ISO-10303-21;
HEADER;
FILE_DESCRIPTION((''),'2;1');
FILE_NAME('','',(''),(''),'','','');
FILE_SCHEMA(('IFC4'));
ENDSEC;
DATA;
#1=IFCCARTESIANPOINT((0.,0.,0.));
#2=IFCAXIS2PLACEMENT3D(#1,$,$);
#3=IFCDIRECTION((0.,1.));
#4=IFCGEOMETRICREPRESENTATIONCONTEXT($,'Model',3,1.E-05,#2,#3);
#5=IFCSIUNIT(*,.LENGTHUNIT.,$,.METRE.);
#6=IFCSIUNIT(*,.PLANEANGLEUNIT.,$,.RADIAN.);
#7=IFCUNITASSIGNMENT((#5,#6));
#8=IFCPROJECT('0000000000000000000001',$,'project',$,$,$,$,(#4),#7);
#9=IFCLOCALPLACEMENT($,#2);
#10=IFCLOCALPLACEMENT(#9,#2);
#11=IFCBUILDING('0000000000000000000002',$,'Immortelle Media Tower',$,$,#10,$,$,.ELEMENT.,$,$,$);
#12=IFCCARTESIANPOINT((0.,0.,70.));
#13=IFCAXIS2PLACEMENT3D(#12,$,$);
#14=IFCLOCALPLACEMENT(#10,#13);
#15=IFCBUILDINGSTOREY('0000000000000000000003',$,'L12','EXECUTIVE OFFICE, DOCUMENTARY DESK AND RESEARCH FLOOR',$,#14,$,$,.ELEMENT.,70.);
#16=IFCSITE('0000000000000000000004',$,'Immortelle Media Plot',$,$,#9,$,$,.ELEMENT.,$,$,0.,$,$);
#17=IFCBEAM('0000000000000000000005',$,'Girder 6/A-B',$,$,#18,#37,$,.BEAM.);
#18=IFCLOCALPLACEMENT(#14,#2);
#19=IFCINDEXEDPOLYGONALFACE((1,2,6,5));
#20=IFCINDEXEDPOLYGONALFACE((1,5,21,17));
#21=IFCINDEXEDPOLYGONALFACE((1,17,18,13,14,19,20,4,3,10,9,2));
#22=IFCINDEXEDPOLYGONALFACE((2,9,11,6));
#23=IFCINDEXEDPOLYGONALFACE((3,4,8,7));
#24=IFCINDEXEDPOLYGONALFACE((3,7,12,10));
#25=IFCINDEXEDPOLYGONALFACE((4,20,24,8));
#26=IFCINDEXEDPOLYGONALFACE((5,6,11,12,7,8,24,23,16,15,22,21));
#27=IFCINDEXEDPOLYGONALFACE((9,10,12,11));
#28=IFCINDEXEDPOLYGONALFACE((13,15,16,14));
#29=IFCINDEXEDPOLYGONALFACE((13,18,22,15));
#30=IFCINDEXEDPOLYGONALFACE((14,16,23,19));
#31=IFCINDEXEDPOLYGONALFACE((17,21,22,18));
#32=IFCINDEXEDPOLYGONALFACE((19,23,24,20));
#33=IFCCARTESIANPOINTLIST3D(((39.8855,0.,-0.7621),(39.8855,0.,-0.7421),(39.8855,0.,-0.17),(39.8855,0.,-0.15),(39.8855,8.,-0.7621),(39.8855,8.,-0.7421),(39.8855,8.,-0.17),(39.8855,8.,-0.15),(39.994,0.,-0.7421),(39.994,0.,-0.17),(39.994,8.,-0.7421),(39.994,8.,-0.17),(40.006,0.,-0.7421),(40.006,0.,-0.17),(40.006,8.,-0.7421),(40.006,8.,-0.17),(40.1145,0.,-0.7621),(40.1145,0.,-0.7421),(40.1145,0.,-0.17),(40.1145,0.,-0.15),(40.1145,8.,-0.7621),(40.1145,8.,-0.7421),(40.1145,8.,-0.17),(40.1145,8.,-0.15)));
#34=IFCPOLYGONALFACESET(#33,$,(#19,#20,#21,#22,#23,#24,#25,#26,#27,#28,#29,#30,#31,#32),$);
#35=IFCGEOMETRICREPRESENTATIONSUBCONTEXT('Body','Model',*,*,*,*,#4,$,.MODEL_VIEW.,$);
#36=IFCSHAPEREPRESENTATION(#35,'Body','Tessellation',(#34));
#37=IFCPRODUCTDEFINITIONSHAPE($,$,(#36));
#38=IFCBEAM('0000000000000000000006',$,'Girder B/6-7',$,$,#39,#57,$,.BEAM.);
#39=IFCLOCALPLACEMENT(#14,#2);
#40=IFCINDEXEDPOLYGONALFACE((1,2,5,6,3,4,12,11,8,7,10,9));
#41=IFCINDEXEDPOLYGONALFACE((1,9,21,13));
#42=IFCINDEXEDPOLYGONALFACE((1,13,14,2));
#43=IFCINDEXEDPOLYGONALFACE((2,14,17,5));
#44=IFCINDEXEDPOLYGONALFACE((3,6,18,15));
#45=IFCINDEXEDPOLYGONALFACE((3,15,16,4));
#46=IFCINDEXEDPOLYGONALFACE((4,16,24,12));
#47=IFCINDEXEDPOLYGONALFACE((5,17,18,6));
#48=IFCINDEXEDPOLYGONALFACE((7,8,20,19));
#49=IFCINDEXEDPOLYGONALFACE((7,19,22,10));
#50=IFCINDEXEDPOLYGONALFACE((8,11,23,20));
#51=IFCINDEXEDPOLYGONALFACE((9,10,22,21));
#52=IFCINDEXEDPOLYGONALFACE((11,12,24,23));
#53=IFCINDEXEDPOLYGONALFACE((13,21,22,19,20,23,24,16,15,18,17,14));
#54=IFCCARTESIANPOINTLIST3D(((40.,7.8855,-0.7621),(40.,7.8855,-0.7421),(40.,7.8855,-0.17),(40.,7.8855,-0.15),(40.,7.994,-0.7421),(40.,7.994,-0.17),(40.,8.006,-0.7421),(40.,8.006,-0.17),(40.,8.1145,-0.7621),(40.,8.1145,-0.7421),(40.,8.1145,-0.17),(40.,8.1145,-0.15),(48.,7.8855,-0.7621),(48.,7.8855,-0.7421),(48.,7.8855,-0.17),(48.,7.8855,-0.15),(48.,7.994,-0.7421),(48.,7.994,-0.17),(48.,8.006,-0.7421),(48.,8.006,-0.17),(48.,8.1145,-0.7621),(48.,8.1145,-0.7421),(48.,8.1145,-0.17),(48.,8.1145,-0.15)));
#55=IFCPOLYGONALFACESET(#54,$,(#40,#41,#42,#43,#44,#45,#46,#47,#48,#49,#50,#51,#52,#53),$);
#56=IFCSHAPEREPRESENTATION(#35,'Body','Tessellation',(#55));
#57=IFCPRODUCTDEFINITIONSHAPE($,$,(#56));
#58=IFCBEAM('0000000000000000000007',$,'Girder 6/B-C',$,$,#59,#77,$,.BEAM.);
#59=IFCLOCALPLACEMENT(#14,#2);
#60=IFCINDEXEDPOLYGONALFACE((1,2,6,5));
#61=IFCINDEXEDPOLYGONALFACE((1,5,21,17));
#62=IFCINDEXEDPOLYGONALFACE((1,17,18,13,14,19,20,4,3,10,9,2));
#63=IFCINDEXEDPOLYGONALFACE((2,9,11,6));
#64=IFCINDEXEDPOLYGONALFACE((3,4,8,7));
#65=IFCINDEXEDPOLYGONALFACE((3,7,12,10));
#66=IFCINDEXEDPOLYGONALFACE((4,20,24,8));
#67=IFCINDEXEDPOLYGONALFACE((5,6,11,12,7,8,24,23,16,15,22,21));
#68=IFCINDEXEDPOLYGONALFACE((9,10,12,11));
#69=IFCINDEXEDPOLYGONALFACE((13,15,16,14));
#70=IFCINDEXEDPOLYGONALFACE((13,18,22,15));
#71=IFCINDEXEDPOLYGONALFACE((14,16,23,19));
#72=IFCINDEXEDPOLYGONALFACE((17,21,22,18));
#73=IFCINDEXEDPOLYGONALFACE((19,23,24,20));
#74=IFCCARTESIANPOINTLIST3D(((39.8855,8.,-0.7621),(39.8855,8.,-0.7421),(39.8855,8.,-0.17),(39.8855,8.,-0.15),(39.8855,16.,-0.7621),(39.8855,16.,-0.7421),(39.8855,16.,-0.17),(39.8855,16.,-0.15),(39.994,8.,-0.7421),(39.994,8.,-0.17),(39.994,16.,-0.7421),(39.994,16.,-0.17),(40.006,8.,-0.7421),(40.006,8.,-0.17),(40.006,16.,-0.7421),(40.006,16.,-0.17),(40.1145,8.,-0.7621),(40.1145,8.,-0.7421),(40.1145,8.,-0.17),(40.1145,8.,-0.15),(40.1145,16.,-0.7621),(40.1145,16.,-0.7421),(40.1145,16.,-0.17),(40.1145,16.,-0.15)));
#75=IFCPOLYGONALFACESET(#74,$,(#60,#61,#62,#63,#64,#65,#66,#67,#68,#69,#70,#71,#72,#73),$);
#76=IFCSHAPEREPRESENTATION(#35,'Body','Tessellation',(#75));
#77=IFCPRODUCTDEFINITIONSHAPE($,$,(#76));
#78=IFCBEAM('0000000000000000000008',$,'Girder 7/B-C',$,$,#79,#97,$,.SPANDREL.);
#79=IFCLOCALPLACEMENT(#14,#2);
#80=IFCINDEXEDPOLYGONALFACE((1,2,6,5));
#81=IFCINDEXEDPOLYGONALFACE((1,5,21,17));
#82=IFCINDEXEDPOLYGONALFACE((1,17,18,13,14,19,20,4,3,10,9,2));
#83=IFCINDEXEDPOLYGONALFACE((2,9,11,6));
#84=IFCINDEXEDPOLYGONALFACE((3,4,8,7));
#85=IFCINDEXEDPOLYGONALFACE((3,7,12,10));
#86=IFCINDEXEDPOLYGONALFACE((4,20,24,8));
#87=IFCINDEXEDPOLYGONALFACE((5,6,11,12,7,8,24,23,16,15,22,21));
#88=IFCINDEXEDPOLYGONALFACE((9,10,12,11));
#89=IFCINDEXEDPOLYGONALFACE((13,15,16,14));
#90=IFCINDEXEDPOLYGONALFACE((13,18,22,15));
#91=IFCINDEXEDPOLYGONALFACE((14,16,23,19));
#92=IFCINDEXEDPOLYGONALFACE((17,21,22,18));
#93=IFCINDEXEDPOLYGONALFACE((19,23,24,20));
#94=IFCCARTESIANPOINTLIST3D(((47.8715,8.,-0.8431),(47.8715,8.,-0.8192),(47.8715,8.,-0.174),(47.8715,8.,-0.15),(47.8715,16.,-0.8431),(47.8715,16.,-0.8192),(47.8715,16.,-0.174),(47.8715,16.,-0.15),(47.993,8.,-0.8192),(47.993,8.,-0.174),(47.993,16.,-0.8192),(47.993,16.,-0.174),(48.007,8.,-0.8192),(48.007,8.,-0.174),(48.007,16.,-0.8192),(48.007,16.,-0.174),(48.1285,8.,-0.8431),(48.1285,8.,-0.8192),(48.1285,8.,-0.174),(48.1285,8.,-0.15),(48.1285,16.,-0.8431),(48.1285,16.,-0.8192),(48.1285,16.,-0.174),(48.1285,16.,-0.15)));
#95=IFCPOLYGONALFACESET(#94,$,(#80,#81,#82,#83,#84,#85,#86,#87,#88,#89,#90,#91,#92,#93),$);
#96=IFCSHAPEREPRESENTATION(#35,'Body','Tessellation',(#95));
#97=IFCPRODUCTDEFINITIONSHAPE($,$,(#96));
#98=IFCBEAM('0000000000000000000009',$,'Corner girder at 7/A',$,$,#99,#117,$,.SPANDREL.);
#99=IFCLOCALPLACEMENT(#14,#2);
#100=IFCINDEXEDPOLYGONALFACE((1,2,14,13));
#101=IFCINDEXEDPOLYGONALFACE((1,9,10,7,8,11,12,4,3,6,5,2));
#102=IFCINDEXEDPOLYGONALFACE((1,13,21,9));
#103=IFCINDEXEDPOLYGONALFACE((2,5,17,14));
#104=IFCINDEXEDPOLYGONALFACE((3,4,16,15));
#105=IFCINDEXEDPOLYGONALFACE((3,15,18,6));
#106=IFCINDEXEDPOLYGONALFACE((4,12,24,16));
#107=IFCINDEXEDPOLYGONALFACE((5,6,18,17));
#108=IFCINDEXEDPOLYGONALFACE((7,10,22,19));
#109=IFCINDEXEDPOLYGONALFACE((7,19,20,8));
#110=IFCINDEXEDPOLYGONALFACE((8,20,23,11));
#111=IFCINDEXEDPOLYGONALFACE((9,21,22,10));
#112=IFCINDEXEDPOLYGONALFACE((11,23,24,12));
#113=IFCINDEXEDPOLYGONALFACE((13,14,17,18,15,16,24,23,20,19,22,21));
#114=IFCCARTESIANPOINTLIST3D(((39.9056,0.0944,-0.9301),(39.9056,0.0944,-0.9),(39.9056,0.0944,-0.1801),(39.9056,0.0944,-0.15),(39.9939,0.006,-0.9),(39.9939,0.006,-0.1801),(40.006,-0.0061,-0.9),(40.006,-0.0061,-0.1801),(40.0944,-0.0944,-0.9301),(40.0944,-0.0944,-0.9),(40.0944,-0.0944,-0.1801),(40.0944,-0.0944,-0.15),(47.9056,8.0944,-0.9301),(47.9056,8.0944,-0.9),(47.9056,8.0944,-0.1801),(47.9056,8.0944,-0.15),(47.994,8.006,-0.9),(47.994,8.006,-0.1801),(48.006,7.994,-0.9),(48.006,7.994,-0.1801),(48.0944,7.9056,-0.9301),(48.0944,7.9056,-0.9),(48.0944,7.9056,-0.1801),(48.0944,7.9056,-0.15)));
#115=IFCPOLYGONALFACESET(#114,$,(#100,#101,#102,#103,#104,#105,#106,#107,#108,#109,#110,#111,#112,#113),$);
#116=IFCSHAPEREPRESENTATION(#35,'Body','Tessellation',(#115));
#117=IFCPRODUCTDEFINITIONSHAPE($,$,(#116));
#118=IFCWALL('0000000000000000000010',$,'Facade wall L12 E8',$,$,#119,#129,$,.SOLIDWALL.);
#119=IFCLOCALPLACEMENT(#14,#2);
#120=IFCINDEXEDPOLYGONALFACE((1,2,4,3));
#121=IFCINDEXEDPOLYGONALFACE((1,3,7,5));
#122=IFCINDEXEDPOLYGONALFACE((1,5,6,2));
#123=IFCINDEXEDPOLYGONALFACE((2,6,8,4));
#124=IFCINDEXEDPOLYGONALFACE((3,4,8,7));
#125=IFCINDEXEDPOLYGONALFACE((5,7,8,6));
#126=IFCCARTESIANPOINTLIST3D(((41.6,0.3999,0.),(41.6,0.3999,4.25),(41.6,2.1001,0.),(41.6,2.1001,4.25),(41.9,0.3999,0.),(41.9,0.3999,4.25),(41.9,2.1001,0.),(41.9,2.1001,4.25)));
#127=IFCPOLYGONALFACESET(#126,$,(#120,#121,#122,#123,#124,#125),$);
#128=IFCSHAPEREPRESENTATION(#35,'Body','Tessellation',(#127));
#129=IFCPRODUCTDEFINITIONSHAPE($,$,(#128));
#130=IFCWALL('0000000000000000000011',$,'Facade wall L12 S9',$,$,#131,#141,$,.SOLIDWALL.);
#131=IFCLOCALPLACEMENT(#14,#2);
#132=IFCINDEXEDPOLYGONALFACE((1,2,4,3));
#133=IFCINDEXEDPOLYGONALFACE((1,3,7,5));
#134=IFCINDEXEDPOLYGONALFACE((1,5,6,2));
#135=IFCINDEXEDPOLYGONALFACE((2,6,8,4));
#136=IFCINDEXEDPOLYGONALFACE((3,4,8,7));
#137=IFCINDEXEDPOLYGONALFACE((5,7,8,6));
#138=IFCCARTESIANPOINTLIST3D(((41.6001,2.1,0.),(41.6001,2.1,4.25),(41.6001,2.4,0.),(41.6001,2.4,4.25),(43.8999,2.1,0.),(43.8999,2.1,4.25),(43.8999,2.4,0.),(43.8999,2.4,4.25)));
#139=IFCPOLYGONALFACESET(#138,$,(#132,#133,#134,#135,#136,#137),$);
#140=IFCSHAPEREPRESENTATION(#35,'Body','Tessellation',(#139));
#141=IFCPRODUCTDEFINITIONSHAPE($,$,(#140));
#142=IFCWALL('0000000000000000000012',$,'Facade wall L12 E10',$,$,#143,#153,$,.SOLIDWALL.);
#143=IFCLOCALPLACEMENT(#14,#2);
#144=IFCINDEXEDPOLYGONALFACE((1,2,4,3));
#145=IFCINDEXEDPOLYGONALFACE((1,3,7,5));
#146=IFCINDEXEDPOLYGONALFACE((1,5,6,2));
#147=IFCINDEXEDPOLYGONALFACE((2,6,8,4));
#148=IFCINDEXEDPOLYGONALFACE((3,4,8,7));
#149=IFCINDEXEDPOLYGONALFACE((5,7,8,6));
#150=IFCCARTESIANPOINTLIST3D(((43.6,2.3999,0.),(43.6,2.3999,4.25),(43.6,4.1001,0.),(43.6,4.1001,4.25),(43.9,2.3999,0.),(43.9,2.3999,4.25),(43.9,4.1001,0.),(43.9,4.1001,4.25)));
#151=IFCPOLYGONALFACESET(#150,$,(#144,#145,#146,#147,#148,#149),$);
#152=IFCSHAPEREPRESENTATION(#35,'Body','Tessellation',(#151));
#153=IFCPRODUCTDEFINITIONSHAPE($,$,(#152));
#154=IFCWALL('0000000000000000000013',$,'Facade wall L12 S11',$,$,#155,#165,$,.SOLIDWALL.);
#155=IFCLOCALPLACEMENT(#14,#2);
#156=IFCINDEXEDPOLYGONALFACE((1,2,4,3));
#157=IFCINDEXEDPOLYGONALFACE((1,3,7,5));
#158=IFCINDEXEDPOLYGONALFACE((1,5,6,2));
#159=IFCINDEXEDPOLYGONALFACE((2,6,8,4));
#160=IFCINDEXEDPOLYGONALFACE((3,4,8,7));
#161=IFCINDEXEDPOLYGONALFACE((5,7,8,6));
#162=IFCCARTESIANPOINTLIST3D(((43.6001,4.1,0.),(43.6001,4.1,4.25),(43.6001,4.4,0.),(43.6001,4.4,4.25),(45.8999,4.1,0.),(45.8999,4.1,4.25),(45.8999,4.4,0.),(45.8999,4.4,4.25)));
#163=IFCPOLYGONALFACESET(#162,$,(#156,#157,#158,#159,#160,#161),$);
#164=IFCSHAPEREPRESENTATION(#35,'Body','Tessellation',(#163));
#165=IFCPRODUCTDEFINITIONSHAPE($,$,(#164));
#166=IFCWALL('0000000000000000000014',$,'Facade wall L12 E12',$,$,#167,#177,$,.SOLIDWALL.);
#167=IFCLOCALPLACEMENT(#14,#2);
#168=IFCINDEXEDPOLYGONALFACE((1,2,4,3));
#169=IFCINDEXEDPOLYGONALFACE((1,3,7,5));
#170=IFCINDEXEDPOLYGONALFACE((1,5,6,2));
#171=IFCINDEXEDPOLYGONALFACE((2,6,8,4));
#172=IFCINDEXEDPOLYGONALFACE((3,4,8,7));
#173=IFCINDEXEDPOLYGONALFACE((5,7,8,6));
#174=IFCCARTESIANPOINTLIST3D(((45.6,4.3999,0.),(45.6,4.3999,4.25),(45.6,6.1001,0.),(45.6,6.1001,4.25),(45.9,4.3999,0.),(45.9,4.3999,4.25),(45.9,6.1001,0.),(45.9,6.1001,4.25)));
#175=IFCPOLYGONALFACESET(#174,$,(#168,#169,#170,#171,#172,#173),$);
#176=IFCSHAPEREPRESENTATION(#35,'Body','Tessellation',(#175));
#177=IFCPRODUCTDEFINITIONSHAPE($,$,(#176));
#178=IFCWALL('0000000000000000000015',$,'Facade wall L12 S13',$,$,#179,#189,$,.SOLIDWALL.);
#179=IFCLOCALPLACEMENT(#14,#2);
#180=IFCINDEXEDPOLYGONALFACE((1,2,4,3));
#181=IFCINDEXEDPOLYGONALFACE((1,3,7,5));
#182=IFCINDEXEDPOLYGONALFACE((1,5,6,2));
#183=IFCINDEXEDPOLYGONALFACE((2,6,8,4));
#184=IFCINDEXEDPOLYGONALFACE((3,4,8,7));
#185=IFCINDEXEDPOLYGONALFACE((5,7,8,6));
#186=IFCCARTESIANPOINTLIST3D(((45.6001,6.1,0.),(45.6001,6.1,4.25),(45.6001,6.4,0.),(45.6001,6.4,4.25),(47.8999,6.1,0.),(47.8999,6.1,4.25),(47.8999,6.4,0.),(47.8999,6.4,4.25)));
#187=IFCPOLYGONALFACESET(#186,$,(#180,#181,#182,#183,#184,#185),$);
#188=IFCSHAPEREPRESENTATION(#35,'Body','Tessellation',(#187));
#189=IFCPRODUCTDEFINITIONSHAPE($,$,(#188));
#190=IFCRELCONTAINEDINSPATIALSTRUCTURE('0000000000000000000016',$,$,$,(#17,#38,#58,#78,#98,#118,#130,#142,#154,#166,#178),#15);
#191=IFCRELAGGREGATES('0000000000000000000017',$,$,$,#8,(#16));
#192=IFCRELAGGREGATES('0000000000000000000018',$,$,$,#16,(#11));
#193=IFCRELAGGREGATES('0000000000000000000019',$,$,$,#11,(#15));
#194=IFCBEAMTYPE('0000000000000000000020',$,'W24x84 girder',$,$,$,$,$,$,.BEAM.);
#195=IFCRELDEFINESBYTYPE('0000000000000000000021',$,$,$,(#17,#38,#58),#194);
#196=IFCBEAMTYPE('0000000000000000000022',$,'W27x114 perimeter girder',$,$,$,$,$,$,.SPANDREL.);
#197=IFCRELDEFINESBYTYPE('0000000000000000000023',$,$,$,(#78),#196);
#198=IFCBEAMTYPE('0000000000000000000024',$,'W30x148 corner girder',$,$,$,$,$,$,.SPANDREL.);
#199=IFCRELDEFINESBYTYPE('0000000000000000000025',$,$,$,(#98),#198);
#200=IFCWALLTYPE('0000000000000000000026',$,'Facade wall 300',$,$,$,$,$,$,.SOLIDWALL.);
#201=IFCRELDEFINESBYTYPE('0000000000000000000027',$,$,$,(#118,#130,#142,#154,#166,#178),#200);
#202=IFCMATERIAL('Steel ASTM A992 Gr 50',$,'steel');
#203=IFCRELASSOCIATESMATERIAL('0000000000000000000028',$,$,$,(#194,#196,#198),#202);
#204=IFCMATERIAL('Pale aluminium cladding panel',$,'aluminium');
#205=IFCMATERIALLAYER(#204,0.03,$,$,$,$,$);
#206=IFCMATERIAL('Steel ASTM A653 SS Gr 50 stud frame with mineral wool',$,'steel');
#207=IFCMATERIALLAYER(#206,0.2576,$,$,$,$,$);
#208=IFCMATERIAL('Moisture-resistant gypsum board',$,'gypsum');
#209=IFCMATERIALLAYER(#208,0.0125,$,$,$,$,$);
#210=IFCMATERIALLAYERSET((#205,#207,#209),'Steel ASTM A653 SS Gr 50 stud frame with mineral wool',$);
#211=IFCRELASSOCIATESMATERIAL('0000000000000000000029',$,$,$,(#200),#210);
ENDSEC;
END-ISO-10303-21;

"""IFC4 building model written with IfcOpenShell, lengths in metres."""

from ifc_helpers import new_model, si_unit, direction, frame, frame_2d, origin, origin_2d, place, context, subcontext, project, spatial, rectangle, i_section, extrude, material, layer, layer_set, material_profile, profile_set, type_object, element, save


model = new_model("IFC4")

# Units and contexts
model_context = context("Model", 3, precision=1e-05, world=origin(), true_north=direction((0.0, 1.0)))
body_context = subcontext(model_context, "Body", "Model", "MODEL_VIEW")
ifc_project = project(units=[si_unit("LENGTHUNIT", "METRE"), si_unit("PLANEANGLEUNIT", "RADIAN")], contexts=[model_context])

# Site, building, storey
site_placement = place(None, origin())
site = spatial("IfcSite", under=ifc_project, at=site_placement, Name="Immortelle Media Plot", CompositionType="ELEMENT", RefElevation=0.0)
building_placement = place(site_placement, origin())
building = spatial("IfcBuilding", under=site, at=building_placement, Name="Immortelle Media Tower", CompositionType="ELEMENT")
storey_placement = place(building_placement, frame((0.0, 0.0, 70.0)))
storey = spatial("IfcBuildingStorey", under=building, at=storey_placement, Name="L12", Description="EXECUTIVE OFFICE, DOCUMENTARY DESK AND RESEARCH FLOOR", CompositionType="ELEMENT", Elevation=70.0)

# Shared definitions
ifc_material_1 = material(Name="Steel ASTM A992 Gr 50", Category="steel")

# Beams
ifc_material_profile_1 = material_profile(ifc_material_1, i_section(OverallWidth=0.229, OverallDepth=0.6121, WebThickness=0.012, FlangeThickness=0.02, at=origin_2d()), Name="W24x84")
ifc_profile_set_1 = profile_set([ifc_material_profile_1], Name="Steel ASTM A992 Gr 50")
beam_type_1 = type_object("IfcBeamType", Name="W24x84 girder", PredefinedType="BEAM", material=ifc_profile_set_1)
for number, where, z_axis, x_axis, name in (
    (1, (40.0, 0.0, -0.4561), (0.0, 1.0, 0.0), (-1.0, 0.0, 0.0), "Girder 6/A-B"),
    (2, (40.0, 8.0, -0.4561), (1.0, 0.0, 0.0), (0.0, 1.0, 0.0), "Girder B/6-7"),
    (3, (40.0, 8.0, -0.4561), (0.0, 1.0, 0.0), (-1.0, 0.0, 0.0), "Girder 6/B-C"),
):
    element("IfcBeam", number, at=place(storey_placement, frame(where, z_axis=z_axis, x_axis=x_axis)), inside=storey, type_object=beam_type_1, Name=name, PredefinedType="BEAM", context=body_context, shape_type="SweptSolid", body=[
        extrude(i_section(OverallWidth=0.229, OverallDepth=0.6121, WebThickness=0.012, FlangeThickness=0.02, at=origin_2d()), origin(), (0.0, 0.0, 1.0), 8.0),
    ])
ifc_material_profile_2 = material_profile(ifc_material_1, i_section(OverallWidth=0.2571, OverallDepth=0.6931, WebThickness=0.0139, FlangeThickness=0.0239, at=origin_2d()), Name="W27x114")
ifc_profile_set_2 = profile_set([ifc_material_profile_2], Name="Steel ASTM A992 Gr 50")
beam_type_2 = type_object("IfcBeamType", Name="W27x114 perimeter girder", PredefinedType="SPANDREL", material=ifc_profile_set_2)
beam_1_placement = place(storey_placement, frame((48.0, 8.0, -0.4966), z_axis=(0.0, 1.0, 0.0), x_axis=(-1.0, 0.0, 0.0)))
element("IfcBeam", 4, at=beam_1_placement, inside=storey, type_object=beam_type_2, Name="Girder 7/B-C", PredefinedType="SPANDREL", context=body_context, shape_type="SweptSolid", body=[
    extrude(i_section(OverallWidth=0.2571, OverallDepth=0.6931, WebThickness=0.0139, FlangeThickness=0.0239, at=origin_2d()), origin(), (0.0, 0.0, 1.0), 8.0),
])
ifc_material_profile_3 = material_profile(ifc_material_1, i_section(OverallWidth=0.2671, OverallDepth=0.78, WebThickness=0.0171, FlangeThickness=0.03, at=origin_2d()), Name="W30x148")
ifc_profile_set_3 = profile_set([ifc_material_profile_3], Name="Steel ASTM A992 Gr 50")
beam_type_3 = type_object("IfcBeamType", Name="W30x148 corner girder", PredefinedType="SPANDREL", material=ifc_profile_set_3)
beam_2_placement = place(storey_placement, frame((48.0, 8.0, -0.54), z_axis=(-0.707107, -0.707107, 0.0), x_axis=(0.707107, -0.707107, 0.0)))
element("IfcBeam", 5, at=beam_2_placement, inside=storey, type_object=beam_type_3, Name="Corner girder at 7/A", PredefinedType="SPANDREL", context=body_context, shape_type="SweptSolid", body=[
    extrude(i_section(OverallWidth=0.2671, OverallDepth=0.78, WebThickness=0.0171, FlangeThickness=0.03, at=origin_2d()), origin(), (0.0, 0.0, 1.0), 11.3137),
])

# Walls
ifc_material_2 = material(Name="Pale aluminium cladding panel", Category="aluminium")
ifc_layer_1 = layer(ifc_material_2, 0.03)
ifc_material_3 = material(Name="Steel ASTM A653 SS Gr 50 stud frame with mineral wool", Category="steel")
ifc_layer_2 = layer(ifc_material_3, 0.2576)
ifc_material_4 = material(Name="Moisture-resistant gypsum board", Category="gypsum")
ifc_layer_3 = layer(ifc_material_4, 0.0125)
ifc_layer_set_1 = layer_set([ifc_layer_1, ifc_layer_2, ifc_layer_3], Name="Steel ASTM A653 SS Gr 50 stud frame with mineral wool")
wall_type_1 = type_object("IfcWallType", Name="Facade wall 300", PredefinedType="SOLIDWALL", material=ifc_layer_set_1)
wall_1_placement = place(storey_placement, frame((41.75, 0.3999, 0.0), z_axis=(0.0, 0.0, 1.0), x_axis=(0.0, 1.0, 0.0)))
element("IfcWall", 6, at=wall_1_placement, inside=storey, type_object=wall_type_1, Name="Facade wall L12 E8", PredefinedType="SOLIDWALL", context=body_context, shape_type="SweptSolid", body=[
    extrude(rectangle(XDim=1.7002, YDim=0.3, at=frame_2d((0.8501, 0.0))), origin(), (0.0, 0.0, 1.0), 4.25),
])
wall_2_placement = place(storey_placement, frame((41.6001, 2.25, 0.0), z_axis=(0.0, 0.0, 1.0), x_axis=(1.0, 0.0, 0.0)))
element("IfcWall", 7, at=wall_2_placement, inside=storey, type_object=wall_type_1, Name="Facade wall L12 S9", PredefinedType="SOLIDWALL", context=body_context, shape_type="SweptSolid", body=[
    extrude(rectangle(XDim=2.2998, YDim=0.3, at=frame_2d((1.1499, 0.0))), origin(), (0.0, 0.0, 1.0), 4.25),
])
wall_3_placement = place(storey_placement, frame((43.75, 2.3999, 0.0), z_axis=(0.0, 0.0, 1.0), x_axis=(0.0, 1.0, 0.0)))
element("IfcWall", 8, at=wall_3_placement, inside=storey, type_object=wall_type_1, Name="Facade wall L12 E10", PredefinedType="SOLIDWALL", context=body_context, shape_type="SweptSolid", body=[
    extrude(rectangle(XDim=1.7002, YDim=0.3, at=frame_2d((0.8501, 0.0))), origin(), (0.0, 0.0, 1.0), 4.25),
])
wall_4_placement = place(storey_placement, frame((43.6001, 4.25, 0.0), z_axis=(0.0, 0.0, 1.0), x_axis=(1.0, 0.0, 0.0)))
element("IfcWall", 9, at=wall_4_placement, inside=storey, type_object=wall_type_1, Name="Facade wall L12 S11", PredefinedType="SOLIDWALL", context=body_context, shape_type="SweptSolid", body=[
    extrude(rectangle(XDim=2.2998, YDim=0.3, at=frame_2d((1.1499, 0.0))), origin(), (0.0, 0.0, 1.0), 4.25),
])
wall_5_placement = place(storey_placement, frame((45.75, 4.3999, 0.0), z_axis=(0.0, 0.0, 1.0), x_axis=(0.0, 1.0, 0.0)))
element("IfcWall", 10, at=wall_5_placement, inside=storey, type_object=wall_type_1, Name="Facade wall L12 E12", PredefinedType="SOLIDWALL", context=body_context, shape_type="SweptSolid", body=[
    extrude(rectangle(XDim=1.7002, YDim=0.3, at=frame_2d((0.8501, 0.0))), origin(), (0.0, 0.0, 1.0), 4.25),
])
wall_6_placement = place(storey_placement, frame((45.6001, 6.25, 0.0), z_axis=(0.0, 0.0, 1.0), x_axis=(1.0, 0.0, 0.0)))
element("IfcWall", 11, at=wall_6_placement, inside=storey, type_object=wall_type_1, Name="Facade wall L12 S13", PredefinedType="SOLIDWALL", context=body_context, shape_type="SweptSolid", body=[
    extrude(rectangle(XDim=2.2998, YDim=0.3, at=frame_2d((1.1499, 0.0))), origin(), (0.0, 0.0, 1.0), 4.25),
])

save(model, "model.ifc")
